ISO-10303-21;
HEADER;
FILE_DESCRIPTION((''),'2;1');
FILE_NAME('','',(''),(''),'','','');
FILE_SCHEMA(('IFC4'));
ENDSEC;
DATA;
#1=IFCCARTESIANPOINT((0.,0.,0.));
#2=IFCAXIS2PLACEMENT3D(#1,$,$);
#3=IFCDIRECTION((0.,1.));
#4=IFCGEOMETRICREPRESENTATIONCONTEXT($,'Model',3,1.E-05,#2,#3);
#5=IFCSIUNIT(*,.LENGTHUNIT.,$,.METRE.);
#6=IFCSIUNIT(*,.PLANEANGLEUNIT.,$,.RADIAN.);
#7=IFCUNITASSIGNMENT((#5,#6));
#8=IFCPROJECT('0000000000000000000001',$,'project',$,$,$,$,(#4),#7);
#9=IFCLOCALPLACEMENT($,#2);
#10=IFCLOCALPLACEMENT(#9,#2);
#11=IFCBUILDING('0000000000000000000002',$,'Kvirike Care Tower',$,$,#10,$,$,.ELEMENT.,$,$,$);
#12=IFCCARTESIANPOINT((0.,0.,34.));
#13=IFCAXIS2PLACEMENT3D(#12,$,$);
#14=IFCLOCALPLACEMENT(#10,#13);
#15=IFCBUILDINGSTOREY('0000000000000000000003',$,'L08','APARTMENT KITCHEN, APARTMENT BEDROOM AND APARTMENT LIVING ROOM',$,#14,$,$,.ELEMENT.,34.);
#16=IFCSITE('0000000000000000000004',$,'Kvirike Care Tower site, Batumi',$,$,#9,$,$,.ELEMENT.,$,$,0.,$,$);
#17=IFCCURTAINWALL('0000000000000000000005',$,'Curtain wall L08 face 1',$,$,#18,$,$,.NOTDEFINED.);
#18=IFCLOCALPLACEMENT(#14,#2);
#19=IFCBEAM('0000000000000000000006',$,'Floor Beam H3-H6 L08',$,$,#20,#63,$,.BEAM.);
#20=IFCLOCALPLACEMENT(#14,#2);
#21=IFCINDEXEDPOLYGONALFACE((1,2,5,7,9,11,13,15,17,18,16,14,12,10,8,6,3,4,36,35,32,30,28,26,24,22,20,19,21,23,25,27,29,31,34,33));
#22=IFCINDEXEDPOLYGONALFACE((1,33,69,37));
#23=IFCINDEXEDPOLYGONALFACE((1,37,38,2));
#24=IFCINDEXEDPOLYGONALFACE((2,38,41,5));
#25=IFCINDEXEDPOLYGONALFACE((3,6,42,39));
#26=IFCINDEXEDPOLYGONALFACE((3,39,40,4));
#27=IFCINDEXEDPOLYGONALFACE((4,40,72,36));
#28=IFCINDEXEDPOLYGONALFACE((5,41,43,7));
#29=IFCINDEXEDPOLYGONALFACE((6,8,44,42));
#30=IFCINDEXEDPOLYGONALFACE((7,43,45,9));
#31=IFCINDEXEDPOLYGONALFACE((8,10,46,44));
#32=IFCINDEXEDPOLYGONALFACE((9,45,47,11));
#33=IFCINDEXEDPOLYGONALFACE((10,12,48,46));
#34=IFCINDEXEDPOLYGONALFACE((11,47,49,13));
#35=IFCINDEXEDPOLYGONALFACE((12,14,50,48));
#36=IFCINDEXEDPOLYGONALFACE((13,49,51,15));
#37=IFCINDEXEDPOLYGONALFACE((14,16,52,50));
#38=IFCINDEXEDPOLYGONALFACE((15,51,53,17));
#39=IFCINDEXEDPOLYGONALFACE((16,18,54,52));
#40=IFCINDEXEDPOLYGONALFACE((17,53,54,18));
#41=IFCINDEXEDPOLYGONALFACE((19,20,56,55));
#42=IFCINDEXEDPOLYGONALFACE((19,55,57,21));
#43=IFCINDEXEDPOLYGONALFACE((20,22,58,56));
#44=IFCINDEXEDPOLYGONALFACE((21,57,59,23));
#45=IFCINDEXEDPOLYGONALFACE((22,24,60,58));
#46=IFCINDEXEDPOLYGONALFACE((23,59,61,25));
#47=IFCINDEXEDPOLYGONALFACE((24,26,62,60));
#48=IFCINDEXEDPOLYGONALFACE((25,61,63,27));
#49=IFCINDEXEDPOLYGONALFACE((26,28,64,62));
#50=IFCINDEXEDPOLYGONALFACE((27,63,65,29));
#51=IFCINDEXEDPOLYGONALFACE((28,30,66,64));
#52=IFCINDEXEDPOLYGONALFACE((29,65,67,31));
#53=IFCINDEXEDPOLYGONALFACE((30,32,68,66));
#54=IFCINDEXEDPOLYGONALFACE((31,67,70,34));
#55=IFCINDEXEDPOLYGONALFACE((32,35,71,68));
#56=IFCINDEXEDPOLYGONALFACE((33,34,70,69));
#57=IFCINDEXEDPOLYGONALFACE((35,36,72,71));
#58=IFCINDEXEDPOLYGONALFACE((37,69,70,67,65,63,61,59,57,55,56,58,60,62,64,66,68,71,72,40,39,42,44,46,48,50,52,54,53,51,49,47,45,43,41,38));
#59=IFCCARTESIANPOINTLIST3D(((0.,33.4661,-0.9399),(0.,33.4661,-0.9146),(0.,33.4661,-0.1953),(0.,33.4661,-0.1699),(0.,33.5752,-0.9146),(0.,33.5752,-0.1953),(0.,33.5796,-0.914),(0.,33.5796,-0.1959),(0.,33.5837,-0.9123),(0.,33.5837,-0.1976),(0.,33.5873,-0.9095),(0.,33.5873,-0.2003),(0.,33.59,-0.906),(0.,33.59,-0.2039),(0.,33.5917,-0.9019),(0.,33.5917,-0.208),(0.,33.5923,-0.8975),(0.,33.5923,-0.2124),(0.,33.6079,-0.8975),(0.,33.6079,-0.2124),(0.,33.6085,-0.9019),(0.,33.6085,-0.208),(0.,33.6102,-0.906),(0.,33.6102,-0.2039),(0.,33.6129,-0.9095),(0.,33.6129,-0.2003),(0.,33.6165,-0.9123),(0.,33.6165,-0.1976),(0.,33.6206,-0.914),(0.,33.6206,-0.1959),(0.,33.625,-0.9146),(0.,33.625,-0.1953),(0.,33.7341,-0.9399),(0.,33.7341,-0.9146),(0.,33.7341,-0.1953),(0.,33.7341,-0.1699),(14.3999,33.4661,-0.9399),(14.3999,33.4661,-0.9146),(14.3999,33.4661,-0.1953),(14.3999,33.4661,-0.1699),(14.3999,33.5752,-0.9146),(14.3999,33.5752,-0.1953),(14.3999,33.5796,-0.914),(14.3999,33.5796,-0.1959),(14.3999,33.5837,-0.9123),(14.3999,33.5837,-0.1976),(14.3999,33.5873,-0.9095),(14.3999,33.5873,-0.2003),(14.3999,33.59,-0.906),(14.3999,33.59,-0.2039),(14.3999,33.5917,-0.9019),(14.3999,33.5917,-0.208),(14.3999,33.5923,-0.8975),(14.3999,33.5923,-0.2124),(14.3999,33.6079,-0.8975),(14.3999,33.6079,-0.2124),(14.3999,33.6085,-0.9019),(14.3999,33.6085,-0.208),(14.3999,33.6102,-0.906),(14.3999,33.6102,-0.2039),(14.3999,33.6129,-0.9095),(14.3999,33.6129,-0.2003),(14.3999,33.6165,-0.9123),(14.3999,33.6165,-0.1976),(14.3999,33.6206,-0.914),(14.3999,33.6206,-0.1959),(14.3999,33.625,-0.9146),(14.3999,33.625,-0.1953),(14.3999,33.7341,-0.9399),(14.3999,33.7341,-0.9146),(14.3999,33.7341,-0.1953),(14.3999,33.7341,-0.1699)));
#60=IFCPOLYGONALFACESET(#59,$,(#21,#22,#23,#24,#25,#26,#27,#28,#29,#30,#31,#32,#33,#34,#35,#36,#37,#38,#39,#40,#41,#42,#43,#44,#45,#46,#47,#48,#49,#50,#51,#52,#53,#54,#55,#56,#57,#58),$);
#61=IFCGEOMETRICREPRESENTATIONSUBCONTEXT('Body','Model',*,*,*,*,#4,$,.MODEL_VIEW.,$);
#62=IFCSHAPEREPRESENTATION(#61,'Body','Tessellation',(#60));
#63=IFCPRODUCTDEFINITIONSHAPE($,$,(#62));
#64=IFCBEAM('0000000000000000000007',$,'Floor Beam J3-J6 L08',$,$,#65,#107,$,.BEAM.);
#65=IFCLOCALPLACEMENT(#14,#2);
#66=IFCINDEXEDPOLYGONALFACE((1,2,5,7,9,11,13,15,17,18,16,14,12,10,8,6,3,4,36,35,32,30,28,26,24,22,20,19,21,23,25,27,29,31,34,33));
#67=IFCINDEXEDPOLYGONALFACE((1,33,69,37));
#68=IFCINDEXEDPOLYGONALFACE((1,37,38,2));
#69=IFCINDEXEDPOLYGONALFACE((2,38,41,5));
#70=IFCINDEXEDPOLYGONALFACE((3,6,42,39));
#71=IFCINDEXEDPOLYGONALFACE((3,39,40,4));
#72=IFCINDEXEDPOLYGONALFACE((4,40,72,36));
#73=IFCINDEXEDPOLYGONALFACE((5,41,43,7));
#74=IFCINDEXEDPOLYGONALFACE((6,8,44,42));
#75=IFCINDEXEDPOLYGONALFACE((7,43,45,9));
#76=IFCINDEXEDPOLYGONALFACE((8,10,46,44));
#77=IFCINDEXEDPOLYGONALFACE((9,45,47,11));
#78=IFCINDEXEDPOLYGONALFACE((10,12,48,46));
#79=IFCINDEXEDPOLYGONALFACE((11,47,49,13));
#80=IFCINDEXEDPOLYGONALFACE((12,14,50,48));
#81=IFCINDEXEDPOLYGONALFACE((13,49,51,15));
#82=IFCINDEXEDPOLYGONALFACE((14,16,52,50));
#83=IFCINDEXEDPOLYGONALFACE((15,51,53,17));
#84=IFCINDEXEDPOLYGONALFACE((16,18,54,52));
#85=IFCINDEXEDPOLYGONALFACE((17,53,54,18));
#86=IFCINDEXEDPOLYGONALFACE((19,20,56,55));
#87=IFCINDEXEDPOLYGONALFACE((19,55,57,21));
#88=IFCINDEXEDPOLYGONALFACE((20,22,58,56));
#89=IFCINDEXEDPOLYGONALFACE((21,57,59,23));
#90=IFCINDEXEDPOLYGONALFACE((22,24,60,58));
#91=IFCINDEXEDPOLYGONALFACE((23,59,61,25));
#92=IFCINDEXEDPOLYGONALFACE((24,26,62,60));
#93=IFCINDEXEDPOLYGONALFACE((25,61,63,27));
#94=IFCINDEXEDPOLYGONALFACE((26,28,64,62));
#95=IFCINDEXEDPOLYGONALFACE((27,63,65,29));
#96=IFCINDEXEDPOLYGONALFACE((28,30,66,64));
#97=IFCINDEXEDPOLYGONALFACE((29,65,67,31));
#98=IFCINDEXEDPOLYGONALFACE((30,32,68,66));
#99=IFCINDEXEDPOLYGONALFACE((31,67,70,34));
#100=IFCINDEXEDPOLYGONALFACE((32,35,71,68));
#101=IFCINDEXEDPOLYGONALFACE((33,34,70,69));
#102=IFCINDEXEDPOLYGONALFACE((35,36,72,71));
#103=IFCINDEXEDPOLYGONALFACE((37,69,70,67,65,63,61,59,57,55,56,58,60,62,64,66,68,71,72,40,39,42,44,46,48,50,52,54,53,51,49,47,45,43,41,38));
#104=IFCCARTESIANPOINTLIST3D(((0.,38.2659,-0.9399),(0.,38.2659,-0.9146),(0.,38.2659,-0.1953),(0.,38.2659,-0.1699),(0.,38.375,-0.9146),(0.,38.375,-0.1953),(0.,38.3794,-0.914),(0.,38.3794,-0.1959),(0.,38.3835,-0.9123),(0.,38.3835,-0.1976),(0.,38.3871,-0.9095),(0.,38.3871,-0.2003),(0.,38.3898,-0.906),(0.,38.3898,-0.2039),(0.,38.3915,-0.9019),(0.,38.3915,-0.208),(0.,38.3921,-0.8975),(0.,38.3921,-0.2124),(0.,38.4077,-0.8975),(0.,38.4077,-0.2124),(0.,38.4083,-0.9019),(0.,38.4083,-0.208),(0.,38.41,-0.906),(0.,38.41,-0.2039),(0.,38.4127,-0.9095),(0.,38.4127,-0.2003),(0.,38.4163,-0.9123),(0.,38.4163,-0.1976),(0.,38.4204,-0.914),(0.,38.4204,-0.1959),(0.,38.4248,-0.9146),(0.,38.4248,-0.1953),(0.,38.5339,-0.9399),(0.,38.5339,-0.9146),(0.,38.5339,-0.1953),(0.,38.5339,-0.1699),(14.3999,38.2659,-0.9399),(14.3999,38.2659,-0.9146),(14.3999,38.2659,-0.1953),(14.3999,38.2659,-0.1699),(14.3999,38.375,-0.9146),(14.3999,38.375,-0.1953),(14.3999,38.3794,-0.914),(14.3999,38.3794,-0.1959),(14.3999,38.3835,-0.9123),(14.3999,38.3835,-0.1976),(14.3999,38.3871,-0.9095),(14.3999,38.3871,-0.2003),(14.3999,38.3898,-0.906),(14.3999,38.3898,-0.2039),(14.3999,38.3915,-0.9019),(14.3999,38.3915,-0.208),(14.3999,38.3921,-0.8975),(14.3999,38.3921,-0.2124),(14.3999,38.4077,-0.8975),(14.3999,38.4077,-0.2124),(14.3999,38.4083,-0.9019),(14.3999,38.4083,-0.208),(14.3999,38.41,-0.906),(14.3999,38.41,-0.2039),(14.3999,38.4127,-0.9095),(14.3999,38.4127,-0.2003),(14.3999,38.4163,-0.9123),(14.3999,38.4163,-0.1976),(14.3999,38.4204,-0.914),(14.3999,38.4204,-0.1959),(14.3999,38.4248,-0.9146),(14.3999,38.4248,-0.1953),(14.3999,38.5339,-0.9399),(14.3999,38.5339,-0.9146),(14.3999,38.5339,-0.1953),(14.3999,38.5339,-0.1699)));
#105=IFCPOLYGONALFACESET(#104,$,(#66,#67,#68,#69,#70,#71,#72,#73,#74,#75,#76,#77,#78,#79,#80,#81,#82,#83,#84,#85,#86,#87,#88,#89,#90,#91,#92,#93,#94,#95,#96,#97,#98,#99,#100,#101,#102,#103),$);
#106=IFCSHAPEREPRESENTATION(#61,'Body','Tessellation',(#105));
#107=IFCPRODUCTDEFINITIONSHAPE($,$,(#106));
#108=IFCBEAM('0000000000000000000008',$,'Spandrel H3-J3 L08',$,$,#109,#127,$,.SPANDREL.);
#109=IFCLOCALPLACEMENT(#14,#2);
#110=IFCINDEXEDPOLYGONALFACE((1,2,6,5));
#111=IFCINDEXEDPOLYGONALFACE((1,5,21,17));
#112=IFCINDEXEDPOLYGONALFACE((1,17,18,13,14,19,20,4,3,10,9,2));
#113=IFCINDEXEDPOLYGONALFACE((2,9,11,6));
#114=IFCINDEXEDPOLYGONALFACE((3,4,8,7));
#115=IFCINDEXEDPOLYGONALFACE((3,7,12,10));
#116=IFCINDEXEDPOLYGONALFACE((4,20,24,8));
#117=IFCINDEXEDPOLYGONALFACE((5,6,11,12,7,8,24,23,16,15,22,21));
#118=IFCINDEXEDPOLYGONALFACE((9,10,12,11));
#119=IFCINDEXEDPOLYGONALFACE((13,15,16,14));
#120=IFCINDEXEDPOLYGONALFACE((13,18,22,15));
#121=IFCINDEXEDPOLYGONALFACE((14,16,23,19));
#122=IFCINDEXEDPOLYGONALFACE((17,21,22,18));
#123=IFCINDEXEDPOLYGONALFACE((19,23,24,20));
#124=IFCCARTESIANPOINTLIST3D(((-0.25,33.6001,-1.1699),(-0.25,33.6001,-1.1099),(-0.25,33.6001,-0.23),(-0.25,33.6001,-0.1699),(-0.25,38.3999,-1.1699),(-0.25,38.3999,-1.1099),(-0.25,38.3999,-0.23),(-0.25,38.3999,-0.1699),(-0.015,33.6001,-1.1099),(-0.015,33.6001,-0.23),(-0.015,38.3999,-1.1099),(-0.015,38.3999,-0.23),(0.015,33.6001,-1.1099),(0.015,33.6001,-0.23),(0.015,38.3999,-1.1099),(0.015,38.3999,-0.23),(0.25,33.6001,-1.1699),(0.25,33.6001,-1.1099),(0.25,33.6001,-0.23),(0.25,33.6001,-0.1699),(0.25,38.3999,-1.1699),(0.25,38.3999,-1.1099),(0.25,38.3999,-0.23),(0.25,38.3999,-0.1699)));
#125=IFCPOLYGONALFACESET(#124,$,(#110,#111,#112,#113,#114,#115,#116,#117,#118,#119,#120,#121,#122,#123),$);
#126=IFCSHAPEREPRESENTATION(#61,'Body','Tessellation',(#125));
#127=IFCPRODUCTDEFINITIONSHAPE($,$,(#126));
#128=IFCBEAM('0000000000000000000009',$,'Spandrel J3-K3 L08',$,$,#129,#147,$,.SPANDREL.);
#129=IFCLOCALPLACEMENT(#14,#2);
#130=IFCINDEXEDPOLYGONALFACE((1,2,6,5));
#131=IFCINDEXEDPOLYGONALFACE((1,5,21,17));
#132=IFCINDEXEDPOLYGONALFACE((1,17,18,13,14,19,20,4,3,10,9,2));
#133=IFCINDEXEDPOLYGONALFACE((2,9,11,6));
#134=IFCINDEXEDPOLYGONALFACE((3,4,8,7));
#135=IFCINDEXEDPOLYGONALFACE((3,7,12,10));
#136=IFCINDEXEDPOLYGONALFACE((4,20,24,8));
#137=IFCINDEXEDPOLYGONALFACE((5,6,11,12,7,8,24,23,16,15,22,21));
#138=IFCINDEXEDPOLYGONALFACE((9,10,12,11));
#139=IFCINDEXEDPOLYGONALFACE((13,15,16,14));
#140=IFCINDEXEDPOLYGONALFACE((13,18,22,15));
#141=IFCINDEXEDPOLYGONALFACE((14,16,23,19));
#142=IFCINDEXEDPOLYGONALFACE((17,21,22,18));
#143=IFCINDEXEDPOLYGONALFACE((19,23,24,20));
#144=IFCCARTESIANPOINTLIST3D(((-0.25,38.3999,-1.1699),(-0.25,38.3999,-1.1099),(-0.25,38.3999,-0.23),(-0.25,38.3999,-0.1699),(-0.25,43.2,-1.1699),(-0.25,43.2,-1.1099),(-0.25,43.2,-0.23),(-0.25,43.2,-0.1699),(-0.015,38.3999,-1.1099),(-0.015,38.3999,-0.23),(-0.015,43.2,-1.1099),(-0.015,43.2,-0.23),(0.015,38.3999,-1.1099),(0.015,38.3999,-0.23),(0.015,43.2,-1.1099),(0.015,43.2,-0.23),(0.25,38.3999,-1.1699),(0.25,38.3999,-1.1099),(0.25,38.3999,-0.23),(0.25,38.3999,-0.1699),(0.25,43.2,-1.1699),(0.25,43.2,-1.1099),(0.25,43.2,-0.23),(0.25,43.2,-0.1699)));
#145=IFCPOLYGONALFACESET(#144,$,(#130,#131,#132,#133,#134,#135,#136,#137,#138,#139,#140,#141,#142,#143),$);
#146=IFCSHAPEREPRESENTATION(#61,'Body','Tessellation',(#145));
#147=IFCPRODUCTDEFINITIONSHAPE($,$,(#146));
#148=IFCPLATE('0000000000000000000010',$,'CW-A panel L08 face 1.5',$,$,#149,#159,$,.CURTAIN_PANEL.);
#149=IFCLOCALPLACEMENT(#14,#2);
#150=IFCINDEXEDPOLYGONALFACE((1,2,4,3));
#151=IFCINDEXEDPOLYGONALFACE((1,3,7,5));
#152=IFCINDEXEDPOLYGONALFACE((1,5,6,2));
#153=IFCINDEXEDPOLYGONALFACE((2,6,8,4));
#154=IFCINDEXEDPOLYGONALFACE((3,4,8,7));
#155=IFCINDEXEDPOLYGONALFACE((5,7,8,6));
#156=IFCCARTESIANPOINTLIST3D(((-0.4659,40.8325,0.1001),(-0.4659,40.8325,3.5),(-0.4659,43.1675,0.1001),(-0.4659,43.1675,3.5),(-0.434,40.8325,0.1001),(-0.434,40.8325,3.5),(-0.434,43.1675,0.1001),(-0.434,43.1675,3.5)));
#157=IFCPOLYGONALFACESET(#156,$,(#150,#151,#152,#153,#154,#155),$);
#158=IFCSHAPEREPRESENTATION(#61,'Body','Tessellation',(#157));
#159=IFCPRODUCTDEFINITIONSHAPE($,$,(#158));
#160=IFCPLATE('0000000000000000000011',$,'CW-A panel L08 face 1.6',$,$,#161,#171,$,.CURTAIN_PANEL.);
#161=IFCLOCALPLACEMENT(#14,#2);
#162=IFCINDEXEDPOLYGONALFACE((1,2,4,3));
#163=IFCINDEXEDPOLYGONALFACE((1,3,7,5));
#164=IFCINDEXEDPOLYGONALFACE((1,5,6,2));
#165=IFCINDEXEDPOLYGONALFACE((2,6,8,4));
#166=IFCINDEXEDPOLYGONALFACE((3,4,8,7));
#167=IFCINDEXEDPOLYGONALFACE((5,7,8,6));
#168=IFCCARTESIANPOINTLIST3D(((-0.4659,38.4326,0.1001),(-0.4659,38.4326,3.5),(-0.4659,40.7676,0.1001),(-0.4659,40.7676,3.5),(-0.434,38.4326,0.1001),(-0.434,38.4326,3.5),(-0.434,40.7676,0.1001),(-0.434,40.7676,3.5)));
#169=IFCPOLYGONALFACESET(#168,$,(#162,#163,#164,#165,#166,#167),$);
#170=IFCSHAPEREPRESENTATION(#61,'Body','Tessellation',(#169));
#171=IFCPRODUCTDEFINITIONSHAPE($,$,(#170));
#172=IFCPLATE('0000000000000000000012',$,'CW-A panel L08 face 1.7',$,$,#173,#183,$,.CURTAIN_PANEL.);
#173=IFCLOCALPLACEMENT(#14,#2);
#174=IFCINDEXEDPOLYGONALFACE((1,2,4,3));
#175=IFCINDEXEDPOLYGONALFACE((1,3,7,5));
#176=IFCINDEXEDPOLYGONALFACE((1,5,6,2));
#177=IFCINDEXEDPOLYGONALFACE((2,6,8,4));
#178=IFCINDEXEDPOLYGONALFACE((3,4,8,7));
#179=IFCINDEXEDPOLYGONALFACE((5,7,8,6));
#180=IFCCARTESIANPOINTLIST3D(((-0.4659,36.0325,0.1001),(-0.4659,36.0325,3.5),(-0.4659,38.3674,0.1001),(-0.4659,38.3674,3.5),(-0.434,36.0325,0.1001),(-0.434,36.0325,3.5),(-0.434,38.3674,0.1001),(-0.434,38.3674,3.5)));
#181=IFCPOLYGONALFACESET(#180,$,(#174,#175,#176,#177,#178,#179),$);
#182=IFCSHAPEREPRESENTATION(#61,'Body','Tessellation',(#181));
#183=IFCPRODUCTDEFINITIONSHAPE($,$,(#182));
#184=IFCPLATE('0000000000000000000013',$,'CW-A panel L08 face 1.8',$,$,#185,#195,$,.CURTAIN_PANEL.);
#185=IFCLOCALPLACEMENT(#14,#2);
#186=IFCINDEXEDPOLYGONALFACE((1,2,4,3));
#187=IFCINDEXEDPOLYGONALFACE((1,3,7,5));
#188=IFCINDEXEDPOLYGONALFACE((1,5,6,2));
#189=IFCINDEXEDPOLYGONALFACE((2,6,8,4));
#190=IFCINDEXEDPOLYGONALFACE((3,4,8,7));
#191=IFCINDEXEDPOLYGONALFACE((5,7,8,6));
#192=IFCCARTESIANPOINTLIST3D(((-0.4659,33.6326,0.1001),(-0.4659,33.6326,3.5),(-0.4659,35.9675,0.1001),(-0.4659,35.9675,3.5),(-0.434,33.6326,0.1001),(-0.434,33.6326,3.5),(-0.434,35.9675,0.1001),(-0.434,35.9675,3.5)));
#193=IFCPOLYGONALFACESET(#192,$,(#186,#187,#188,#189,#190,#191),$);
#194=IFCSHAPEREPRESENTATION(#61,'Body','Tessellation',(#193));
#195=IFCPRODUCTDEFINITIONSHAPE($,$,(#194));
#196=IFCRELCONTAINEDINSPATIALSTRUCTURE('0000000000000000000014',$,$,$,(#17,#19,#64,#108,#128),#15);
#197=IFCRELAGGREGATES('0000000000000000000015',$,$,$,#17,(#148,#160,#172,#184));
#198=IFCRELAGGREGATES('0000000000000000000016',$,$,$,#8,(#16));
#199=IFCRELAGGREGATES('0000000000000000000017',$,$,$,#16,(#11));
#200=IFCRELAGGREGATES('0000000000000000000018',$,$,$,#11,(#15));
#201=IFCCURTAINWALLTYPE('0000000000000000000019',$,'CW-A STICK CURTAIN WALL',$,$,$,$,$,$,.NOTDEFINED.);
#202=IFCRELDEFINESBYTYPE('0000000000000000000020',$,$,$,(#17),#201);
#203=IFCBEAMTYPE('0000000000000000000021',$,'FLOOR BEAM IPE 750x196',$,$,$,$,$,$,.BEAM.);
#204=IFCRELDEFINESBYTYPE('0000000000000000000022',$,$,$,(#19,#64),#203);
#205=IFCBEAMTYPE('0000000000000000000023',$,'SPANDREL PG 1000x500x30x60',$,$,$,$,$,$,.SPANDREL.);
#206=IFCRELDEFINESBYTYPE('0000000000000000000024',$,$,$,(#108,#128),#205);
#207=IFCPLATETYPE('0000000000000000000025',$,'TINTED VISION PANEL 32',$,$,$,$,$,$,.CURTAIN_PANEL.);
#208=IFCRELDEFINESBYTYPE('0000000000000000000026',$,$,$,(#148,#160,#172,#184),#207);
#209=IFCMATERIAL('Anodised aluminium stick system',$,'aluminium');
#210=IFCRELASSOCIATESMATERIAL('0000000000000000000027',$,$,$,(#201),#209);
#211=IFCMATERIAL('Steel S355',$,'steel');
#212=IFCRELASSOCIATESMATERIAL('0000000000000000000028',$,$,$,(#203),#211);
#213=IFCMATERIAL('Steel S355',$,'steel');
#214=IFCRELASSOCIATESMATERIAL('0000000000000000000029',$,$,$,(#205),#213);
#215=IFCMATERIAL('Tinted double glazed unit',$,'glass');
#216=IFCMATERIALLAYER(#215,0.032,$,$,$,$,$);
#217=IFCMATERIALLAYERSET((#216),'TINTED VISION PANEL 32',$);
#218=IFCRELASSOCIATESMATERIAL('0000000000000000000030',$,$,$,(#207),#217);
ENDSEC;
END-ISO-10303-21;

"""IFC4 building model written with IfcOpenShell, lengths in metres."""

from ifc_helpers import new_model, si_unit, direction, frame, origin, origin_2d, place, context, subcontext, project, spatial, rectangle, i_section, extrude, material, layer, layer_set, material_profile, profile_set, type_object, element, aggregate, save


model = new_model("IFC4")

# Units and contexts
model_context = context("Model", 3, precision=1e-05, world=origin(), true_north=direction((0.0, 1.0)))
body_context = subcontext(model_context, "Body", "Model", "MODEL_VIEW")
ifc_project = project(units=[si_unit("LENGTHUNIT", "METRE"), si_unit("PLANEANGLEUNIT", "RADIAN")], contexts=[model_context])

# Site, building, storey
site_placement = place(None, origin())
site = spatial("IfcSite", under=ifc_project, at=site_placement, Name="Kvirike Care Tower site, Batumi", CompositionType="ELEMENT", RefElevation=0.0)
building_placement = place(site_placement, origin())
building = spatial("IfcBuilding", under=site, at=building_placement, Name="Kvirike Care Tower", CompositionType="ELEMENT")
storey_placement = place(building_placement, frame((0.0, 0.0, 34.0)))
storey = spatial("IfcBuildingStorey", under=building, at=storey_placement, Name="L08", Description="APARTMENT KITCHEN, APARTMENT BEDROOM AND APARTMENT LIVING ROOM", CompositionType="ELEMENT", Elevation=34.0)

# Curtain wall
ifc_material_1 = material(Name="Anodised aluminium stick system", Category="aluminium")
curtain_wall_type = type_object("IfcCurtainWallType", Name="CW-A STICK CURTAIN WALL", PredefinedType="NOTDEFINED", material=ifc_material_1)
curtain_wall_placement = place(storey_placement, origin())
curtain_wall = element("IfcCurtainWall", 1, at=curtain_wall_placement, inside=storey, type_object=curtain_wall_type, Name="Curtain wall L08 face 1", PredefinedType="NOTDEFINED")

# Beams
ifc_material_2 = material(Name="Steel S355", Category="steel")
ifc_material_profile_1 = material_profile(ifc_material_2, i_section(OverallWidth=0.2681, OverallDepth=0.77, WebThickness=0.0156, FlangeThickness=0.0254, FilletRadius=0.0171, at=origin_2d()), Name="IPE 750x196")
ifc_profile_set_1 = profile_set([ifc_material_profile_1], Name="Steel S355")
beam_type_1 = type_object("IfcBeamType", Name="FLOOR BEAM IPE 750x196", PredefinedType="BEAM", material=ifc_profile_set_1)
for number, where, z_axis, x_axis, name in (
    (2, (0.0, 33.6001, -0.5549), (1.0, 0.0, 0.0), (0.0, 1.0, 0.0), "Floor Beam H3-H6 L08"),
    (3, (0.0, 38.3999, -0.5549), (1.0, 0.0, 0.0), (0.0, 1.0, 0.0), "Floor Beam J3-J6 L08"),
):
    element("IfcBeam", number, at=place(storey_placement, frame(where, z_axis=z_axis, x_axis=x_axis)), inside=storey, type_object=beam_type_1, Name=name, PredefinedType="BEAM", context=body_context, shape_type="SweptSolid", body=[
        extrude(i_section(OverallWidth=0.2681, OverallDepth=0.77, WebThickness=0.0156, FlangeThickness=0.0254, FilletRadius=0.0171, at=origin_2d()), origin(), (0.0, 0.0, 1.0), 14.3999),
    ])
ifc_material_3 = material(Name="Steel S355", Category="steel")
ifc_material_profile_2 = material_profile(ifc_material_3, i_section(OverallWidth=0.5, OverallDepth=1.0, WebThickness=0.03, FlangeThickness=0.0601, at=origin_2d()), Name="PG 1000x500x30x60")
ifc_profile_set_2 = profile_set([ifc_material_profile_2], Name="Steel S355")
beam_type_2 = type_object("IfcBeamType", Name="SPANDREL PG 1000x500x30x60", PredefinedType="SPANDREL", material=ifc_profile_set_2)
beam_1_placement = place(storey_placement, frame((0.0, 33.6001, -0.6699), z_axis=(0.0, 1.0, 0.0), x_axis=(-1.0, 0.0, 0.0)))
element("IfcBeam", 4, at=beam_1_placement, inside=storey, type_object=beam_type_2, Name="Spandrel H3-J3 L08", PredefinedType="SPANDREL", context=body_context, shape_type="SweptSolid", body=[
    extrude(i_section(OverallWidth=0.5, OverallDepth=1.0, WebThickness=0.03, FlangeThickness=0.0601, at=origin_2d()), origin(), (0.0, 0.0, 1.0), 4.7998),
])
beam_2_placement = place(storey_placement, frame((0.0, 38.3999, -0.6699), z_axis=(0.0, 1.0, 0.0), x_axis=(-1.0, 0.0, 0.0)))
element("IfcBeam", 5, at=beam_2_placement, inside=storey, type_object=beam_type_2, Name="Spandrel J3-K3 L08", PredefinedType="SPANDREL", context=body_context, shape_type="SweptSolid", body=[
    extrude(i_section(OverallWidth=0.5, OverallDepth=1.0, WebThickness=0.03, FlangeThickness=0.0601, at=origin_2d()), origin(), (0.0, 0.0, 1.0), 4.8),
])

# Plates
ifc_material_4 = material(Name="Tinted double glazed unit", Category="glass")
ifc_layer_1 = layer(ifc_material_4, 0.032)
ifc_layer_set_1 = layer_set([ifc_layer_1], Name="TINTED VISION PANEL 32")
plate_type = type_object("IfcPlateType", Name="TINTED VISION PANEL 32", PredefinedType="CURTAIN_PANEL", material=ifc_layer_set_1)
plate_1_placement = place(storey_placement, frame((-0.45, 42.0, 0.1001), z_axis=(0.0, 0.0, 1.0), x_axis=(0.0, -1.0, 0.0)))
plate_1 = element("IfcPlate", 6, at=plate_1_placement, type_object=plate_type, Name="CW-A panel L08 face 1.5", PredefinedType="CURTAIN_PANEL", context=body_context, shape_type="SweptSolid", body=[
    extrude(rectangle(XDim=2.335, YDim=0.032, at=origin_2d()), origin(), (0.0, 0.0, 1.0), 3.3999),
])
plate_2_placement = place(storey_placement, frame((-0.45, 39.6001, 0.1001), z_axis=(0.0, 0.0, 1.0), x_axis=(0.0, -1.0, 0.0)))
plate_2 = element("IfcPlate", 7, at=plate_2_placement, type_object=plate_type, Name="CW-A panel L08 face 1.6", PredefinedType="CURTAIN_PANEL", context=body_context, shape_type="SweptSolid", body=[
    extrude(rectangle(XDim=2.335, YDim=0.032, at=origin_2d()), origin(), (0.0, 0.0, 1.0), 3.3999),
])
plate_3_placement = place(storey_placement, frame((-0.45, 37.2, 0.1001), z_axis=(0.0, 0.0, 1.0), x_axis=(0.0, -1.0, 0.0)))
plate_3 = element("IfcPlate", 8, at=plate_3_placement, type_object=plate_type, Name="CW-A panel L08 face 1.7", PredefinedType="CURTAIN_PANEL", context=body_context, shape_type="SweptSolid", body=[
    extrude(rectangle(XDim=2.335, YDim=0.032, at=origin_2d()), origin(), (0.0, 0.0, 1.0), 3.3999),
])
plate_4_placement = place(storey_placement, frame((-0.45, 34.8, 0.1001), z_axis=(0.0, 0.0, 1.0), x_axis=(0.0, -1.0, 0.0)))
plate_4 = element("IfcPlate", 9, at=plate_4_placement, type_object=plate_type, Name="CW-A panel L08 face 1.8", PredefinedType="CURTAIN_PANEL", context=body_context, shape_type="SweptSolid", body=[
    extrude(rectangle(XDim=2.335, YDim=0.032, at=origin_2d()), origin(), (0.0, 0.0, 1.0), 3.3999),
])
aggregate(curtain_wall, [plate_1, plate_2, plate_3, plate_4])

save(model, "model.ifc")
